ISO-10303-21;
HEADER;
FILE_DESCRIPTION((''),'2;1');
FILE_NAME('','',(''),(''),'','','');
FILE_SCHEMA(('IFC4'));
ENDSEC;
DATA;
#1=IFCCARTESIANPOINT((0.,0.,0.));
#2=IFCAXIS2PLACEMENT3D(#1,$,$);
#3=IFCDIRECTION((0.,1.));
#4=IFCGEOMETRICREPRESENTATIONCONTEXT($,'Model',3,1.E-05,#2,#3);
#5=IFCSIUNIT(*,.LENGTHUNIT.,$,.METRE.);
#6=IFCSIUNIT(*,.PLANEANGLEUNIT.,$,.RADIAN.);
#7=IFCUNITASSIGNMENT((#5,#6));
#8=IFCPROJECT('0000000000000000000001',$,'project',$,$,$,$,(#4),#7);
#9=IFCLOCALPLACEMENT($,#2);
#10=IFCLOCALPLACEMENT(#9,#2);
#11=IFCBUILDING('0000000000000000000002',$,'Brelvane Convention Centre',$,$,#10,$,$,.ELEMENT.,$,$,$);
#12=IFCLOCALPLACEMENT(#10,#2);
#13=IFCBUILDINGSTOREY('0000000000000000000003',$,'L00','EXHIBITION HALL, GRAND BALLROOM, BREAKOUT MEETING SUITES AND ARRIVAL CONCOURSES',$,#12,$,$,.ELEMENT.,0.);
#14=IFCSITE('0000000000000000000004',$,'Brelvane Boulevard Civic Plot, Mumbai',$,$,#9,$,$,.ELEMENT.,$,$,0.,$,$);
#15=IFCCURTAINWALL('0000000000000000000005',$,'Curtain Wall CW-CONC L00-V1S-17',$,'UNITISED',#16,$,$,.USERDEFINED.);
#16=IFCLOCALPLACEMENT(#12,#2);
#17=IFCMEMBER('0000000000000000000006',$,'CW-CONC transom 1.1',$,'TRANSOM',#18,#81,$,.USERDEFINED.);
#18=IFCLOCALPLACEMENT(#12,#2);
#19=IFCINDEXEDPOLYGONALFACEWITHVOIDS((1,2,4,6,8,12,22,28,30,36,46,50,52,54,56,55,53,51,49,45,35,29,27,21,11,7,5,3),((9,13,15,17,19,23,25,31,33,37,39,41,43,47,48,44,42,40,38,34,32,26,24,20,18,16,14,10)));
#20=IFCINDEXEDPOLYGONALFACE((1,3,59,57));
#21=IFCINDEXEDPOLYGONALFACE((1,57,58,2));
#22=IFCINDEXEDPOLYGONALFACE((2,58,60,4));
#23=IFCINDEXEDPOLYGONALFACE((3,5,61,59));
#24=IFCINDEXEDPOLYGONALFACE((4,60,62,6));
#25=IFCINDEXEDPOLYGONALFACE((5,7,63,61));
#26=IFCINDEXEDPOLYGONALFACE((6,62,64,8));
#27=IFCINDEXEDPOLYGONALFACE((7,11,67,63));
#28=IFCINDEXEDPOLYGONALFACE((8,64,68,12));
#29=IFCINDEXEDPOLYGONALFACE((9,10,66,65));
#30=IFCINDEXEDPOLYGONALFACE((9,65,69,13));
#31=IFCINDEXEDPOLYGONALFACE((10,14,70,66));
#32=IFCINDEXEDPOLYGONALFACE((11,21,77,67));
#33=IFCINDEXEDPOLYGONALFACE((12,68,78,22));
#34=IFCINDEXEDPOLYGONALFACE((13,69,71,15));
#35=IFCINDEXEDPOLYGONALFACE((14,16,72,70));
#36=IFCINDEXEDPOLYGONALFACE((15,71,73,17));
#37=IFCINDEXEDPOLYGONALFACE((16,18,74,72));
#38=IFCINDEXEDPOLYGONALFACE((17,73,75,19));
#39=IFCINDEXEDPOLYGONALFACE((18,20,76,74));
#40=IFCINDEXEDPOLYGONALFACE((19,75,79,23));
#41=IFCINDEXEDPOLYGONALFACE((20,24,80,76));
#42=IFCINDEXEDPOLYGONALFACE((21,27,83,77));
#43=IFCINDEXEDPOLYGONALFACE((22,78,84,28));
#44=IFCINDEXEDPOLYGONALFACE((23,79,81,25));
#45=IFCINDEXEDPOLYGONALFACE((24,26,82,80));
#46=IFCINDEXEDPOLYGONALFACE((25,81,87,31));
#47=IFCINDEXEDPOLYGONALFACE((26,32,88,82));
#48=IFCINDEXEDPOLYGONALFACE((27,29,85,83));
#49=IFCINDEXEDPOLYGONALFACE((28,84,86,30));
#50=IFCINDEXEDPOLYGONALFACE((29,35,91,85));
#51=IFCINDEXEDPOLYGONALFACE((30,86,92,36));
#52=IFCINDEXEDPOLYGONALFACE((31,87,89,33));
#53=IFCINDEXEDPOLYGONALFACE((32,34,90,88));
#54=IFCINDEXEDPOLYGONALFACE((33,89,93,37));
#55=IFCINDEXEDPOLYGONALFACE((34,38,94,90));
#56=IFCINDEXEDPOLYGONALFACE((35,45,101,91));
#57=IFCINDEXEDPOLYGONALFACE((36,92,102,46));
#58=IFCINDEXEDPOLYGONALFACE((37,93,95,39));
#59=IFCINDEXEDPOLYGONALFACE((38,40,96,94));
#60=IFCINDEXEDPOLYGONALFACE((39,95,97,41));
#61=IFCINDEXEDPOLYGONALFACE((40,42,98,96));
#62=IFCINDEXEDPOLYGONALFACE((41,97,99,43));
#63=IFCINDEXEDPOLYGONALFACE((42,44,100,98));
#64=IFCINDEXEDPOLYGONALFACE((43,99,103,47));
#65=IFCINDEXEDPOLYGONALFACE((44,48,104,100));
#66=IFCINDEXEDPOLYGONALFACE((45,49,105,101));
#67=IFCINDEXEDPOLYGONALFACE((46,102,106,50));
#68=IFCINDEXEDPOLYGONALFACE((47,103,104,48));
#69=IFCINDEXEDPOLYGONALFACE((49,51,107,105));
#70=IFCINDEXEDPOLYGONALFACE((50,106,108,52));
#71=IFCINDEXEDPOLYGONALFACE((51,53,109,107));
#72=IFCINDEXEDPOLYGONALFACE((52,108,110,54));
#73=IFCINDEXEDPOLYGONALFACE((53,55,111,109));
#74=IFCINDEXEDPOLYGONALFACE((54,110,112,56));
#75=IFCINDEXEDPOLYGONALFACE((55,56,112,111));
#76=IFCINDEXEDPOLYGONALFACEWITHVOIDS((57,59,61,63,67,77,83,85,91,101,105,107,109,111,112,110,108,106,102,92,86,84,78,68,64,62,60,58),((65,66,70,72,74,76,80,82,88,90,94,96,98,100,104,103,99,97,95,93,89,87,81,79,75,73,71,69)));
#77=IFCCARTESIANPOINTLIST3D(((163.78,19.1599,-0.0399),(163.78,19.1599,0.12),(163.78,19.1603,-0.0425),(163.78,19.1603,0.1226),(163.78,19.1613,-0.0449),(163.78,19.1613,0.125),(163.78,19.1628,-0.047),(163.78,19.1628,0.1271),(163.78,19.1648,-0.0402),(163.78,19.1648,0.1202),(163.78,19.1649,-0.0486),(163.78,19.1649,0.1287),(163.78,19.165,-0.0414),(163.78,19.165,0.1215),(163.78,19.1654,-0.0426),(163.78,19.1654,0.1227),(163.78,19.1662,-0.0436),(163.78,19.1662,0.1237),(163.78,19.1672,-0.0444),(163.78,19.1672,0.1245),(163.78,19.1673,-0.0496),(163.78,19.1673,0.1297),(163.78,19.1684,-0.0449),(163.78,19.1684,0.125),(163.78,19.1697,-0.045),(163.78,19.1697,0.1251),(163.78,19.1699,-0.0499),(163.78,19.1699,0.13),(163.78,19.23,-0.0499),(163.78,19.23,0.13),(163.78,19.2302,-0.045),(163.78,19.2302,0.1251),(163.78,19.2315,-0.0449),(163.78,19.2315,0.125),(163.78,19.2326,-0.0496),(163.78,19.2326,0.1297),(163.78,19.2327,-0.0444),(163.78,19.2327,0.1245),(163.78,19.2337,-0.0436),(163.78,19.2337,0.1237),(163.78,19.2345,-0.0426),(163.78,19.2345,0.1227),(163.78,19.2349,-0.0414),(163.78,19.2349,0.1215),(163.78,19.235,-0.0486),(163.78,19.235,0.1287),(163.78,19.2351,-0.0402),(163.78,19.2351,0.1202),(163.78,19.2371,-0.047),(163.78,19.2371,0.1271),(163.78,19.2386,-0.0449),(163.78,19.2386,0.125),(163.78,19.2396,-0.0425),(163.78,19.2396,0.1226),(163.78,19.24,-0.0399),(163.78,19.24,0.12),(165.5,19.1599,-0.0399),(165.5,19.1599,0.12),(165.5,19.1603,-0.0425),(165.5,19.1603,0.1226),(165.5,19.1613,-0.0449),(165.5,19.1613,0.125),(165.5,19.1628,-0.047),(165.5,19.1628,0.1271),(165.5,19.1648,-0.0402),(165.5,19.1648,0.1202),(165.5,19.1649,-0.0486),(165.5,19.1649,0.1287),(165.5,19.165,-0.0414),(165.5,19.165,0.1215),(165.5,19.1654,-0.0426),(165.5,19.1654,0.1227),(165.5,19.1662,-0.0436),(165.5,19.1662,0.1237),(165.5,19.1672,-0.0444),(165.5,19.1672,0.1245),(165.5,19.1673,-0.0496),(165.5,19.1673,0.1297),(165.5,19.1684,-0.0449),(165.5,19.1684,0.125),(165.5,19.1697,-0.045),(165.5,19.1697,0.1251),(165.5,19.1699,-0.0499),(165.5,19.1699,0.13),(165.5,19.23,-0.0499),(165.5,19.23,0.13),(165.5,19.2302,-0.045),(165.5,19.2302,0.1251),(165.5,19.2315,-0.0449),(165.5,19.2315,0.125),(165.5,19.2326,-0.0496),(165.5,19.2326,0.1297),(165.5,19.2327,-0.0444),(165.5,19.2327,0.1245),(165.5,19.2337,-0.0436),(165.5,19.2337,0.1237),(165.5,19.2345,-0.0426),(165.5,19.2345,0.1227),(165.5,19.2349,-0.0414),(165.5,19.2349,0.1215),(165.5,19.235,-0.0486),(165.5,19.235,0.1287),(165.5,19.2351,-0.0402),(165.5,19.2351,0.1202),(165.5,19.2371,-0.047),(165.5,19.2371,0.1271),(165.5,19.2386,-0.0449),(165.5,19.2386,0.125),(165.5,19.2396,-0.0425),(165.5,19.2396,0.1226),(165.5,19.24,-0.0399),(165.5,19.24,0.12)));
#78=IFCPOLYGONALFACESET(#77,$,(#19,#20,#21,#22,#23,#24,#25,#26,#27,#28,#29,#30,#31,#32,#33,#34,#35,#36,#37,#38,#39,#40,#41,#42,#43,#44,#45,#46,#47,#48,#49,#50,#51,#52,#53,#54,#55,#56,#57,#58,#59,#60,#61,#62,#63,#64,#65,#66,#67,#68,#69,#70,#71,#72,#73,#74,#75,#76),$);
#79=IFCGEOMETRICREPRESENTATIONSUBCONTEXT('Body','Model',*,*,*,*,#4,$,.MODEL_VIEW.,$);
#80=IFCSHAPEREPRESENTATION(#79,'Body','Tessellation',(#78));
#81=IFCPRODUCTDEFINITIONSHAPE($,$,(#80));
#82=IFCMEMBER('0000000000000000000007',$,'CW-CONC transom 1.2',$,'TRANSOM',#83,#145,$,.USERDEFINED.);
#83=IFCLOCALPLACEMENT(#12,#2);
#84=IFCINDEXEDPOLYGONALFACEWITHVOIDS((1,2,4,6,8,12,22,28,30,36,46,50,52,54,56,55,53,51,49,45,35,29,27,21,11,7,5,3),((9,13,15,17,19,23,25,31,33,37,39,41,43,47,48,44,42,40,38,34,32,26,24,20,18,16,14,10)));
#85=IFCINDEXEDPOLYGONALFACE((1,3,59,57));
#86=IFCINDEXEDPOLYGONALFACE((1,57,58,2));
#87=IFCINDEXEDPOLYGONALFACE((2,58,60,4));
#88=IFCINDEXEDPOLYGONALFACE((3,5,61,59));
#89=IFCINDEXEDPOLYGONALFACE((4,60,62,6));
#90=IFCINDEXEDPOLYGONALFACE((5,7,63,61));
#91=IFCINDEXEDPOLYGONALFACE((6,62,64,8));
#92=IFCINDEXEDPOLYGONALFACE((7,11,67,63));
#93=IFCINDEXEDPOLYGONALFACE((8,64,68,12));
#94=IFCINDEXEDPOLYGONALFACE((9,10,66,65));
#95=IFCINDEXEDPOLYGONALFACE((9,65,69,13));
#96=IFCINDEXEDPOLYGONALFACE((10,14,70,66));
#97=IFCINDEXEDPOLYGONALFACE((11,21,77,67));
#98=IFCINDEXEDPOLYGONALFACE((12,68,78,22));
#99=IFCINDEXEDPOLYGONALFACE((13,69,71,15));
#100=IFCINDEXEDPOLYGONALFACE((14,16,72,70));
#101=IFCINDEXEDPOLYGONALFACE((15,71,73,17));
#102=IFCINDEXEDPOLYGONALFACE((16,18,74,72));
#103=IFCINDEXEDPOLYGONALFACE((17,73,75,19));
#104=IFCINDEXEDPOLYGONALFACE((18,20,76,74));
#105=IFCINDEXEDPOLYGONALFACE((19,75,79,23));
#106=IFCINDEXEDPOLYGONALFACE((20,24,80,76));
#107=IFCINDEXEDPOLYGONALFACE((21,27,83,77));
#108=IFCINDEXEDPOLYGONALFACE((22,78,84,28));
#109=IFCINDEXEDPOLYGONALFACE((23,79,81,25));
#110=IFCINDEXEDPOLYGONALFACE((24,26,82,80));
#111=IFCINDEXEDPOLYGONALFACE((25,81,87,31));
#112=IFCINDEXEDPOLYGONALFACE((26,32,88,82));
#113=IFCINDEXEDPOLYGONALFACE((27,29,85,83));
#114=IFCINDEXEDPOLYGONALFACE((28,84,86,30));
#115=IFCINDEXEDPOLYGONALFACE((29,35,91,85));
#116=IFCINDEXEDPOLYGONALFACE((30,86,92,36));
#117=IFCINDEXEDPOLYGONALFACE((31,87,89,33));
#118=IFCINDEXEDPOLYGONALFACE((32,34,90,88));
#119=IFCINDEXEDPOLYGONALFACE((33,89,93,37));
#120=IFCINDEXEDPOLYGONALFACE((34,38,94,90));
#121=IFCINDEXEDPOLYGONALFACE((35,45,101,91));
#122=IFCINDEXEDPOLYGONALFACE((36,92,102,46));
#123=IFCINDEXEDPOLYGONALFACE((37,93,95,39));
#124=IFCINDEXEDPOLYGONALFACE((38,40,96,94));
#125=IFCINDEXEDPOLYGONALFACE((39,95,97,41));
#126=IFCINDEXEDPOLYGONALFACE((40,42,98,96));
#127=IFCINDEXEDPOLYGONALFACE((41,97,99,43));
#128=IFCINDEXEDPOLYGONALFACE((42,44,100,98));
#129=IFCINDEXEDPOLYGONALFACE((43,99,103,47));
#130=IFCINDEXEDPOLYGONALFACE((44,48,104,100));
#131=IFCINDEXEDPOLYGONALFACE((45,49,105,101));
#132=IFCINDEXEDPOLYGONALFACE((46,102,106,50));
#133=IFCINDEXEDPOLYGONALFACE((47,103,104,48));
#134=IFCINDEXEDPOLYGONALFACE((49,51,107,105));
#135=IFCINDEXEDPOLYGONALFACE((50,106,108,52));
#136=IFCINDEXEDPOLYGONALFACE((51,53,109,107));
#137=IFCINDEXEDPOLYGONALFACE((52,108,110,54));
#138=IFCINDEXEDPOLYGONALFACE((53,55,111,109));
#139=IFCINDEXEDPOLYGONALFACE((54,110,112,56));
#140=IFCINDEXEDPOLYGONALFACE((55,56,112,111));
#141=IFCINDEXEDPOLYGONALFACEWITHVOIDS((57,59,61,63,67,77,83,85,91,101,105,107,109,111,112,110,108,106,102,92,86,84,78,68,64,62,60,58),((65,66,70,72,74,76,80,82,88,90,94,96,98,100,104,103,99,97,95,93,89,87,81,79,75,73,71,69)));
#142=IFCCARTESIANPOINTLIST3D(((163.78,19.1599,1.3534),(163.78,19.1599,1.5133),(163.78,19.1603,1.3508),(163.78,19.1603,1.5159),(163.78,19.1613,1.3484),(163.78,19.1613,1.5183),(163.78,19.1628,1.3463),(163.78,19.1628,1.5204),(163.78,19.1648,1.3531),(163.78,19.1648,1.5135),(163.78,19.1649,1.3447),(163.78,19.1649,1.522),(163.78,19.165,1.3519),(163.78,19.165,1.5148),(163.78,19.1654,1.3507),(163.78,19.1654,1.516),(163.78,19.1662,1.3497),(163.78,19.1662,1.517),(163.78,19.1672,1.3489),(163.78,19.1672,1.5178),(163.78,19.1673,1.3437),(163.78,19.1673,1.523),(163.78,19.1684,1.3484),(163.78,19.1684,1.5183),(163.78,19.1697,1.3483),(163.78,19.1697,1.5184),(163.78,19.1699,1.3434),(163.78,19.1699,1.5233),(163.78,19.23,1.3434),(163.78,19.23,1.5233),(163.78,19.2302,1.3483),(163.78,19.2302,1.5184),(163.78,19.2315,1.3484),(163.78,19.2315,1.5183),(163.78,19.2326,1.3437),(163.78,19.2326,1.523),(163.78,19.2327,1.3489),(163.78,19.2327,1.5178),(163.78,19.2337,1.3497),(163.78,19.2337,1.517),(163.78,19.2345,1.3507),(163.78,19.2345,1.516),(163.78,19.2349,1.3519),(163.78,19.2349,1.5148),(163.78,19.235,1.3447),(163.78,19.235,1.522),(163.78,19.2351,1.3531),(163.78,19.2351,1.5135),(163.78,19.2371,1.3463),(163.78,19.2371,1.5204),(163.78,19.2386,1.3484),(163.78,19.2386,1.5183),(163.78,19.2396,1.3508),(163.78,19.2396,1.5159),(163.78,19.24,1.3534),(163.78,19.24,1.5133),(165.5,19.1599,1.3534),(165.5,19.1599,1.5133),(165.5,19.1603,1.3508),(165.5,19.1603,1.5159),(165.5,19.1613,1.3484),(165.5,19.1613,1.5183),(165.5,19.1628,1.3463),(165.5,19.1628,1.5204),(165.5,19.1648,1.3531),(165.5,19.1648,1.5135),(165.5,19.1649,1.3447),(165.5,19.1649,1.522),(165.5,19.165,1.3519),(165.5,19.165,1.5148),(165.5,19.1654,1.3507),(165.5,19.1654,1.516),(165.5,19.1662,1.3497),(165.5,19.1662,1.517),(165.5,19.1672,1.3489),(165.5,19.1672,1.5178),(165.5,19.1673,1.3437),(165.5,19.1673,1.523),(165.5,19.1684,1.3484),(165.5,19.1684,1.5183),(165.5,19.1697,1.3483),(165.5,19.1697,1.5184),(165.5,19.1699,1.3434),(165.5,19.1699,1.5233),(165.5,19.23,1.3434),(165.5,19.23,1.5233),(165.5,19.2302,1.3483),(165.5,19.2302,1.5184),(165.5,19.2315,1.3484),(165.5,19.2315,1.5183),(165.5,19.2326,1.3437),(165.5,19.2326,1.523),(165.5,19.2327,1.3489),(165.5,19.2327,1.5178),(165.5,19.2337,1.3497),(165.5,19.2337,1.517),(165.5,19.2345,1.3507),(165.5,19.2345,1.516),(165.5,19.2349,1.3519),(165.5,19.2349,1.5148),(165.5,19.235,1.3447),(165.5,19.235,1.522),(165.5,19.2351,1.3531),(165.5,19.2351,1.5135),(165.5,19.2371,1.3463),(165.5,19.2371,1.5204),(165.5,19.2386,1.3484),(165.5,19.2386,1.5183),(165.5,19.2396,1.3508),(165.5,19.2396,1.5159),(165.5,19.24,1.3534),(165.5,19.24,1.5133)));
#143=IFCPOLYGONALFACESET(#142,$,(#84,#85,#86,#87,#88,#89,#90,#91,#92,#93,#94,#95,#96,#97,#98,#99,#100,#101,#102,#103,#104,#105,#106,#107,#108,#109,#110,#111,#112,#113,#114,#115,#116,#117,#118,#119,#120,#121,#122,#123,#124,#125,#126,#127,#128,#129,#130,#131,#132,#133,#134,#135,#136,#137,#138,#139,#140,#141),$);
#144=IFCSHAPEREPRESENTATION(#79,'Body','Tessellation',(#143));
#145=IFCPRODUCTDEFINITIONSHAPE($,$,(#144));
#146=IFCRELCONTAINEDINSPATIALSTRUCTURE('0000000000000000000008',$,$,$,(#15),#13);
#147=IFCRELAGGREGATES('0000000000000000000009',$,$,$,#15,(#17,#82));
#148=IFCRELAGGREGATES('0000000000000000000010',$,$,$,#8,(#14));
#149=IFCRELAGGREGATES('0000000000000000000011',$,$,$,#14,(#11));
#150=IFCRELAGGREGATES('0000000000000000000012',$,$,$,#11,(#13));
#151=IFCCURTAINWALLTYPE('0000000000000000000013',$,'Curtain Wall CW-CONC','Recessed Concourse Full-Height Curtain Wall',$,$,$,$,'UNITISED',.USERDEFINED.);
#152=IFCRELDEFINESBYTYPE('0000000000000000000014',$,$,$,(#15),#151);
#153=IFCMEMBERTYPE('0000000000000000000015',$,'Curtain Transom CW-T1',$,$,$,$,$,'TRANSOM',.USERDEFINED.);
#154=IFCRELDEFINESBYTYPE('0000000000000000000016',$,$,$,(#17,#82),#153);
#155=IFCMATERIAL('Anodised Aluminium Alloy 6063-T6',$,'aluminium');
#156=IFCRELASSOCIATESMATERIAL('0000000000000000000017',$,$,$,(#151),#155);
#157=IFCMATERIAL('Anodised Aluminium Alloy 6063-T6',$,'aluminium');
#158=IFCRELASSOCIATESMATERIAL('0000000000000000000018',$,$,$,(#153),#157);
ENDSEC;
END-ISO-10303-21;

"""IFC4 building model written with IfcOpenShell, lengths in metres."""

from ifc_helpers import new_model, si_unit, direction, frame, origin, origin_2d, place, context, subcontext, project, spatial, hollow_rectangle, extrude, material, material_profile, profile_set, type_object, element, aggregate, save


model = new_model("IFC4")

# Units and contexts
model_context = context("Model", 3, precision=1e-05, world=origin(), true_north=direction((0.0, 1.0)))
body_context = subcontext(model_context, "Body", "Model", "MODEL_VIEW")
ifc_project = project(units=[si_unit("LENGTHUNIT", "METRE"), si_unit("PLANEANGLEUNIT", "RADIAN")], contexts=[model_context])

# Site, building, storey
site_placement = place(None, origin())
site = spatial("IfcSite", under=ifc_project, at=site_placement, Name="Brelvane Boulevard Civic Plot, Mumbai", CompositionType="ELEMENT", RefElevation=0.0)
building_placement = place(site_placement, origin())
building = spatial("IfcBuilding", under=site, at=building_placement, Name="Brelvane Convention Centre", CompositionType="ELEMENT")
storey_placement = place(building_placement, origin())
storey = spatial("IfcBuildingStorey", under=building, at=storey_placement, Name="L00", Description="EXHIBITION HALL, GRAND BALLROOM, BREAKOUT MEETING SUITES AND ARRIVAL CONCOURSES", CompositionType="ELEMENT", Elevation=0.0)

# Curtain wall, members
ifc_material_1 = material(Name="Anodised Aluminium Alloy 6063-T6", Category="aluminium")
curtain_wall_type = type_object("IfcCurtainWallType", Name="Curtain Wall CW-CONC", Description="Recessed Concourse Full-Height Curtain Wall", ElementType="UNITISED", PredefinedType="USERDEFINED", material=ifc_material_1)
curtain_wall_placement = place(storey_placement, origin())
curtain_wall = element("IfcCurtainWall", 1, at=curtain_wall_placement, inside=storey, type_object=curtain_wall_type, Name="Curtain Wall CW-CONC L00-V1S-17", ObjectType="UNITISED", PredefinedType="USERDEFINED")
ifc_material_2 = material(Name="Anodised Aluminium Alloy 6063-T6", Category="aluminium")
ifc_material_profile_1 = material_profile(ifc_material_2, hollow_rectangle(XDim=0.0801, YDim=0.1799, WallThickness=0.0049, InnerFilletRadius=0.0049, OuterFilletRadius=0.01, at=origin_2d()), Name="ALU-T 180x80x5.0")
ifc_profile_set_1 = profile_set([ifc_material_profile_1], Name="Anodised Aluminium Alloy 6063-T6")
member_type_1 = type_object("IfcMemberType", Name="Curtain Transom CW-T1", ElementType="TRANSOM", PredefinedType="USERDEFINED", material=ifc_profile_set_1)
member_1_placement = place(storey_placement, frame((163.78, 19.2, 0.04), z_axis=(1.0, 0.0, 0.0), x_axis=(0.0, 1.0, 0.0)))
member_1 = element("IfcMember", 2, at=member_1_placement, type_object=member_type_1, Name="CW-CONC transom 1.1", ObjectType="TRANSOM", PredefinedType="USERDEFINED", context=body_context, shape_type="SweptSolid", body=[
    extrude(hollow_rectangle(XDim=0.0801, YDim=0.1799, WallThickness=0.0049, InnerFilletRadius=0.0049, OuterFilletRadius=0.01, at=origin_2d()), origin(), (0.0, 0.0, 1.0), 1.72),
])
member_2_placement = place(storey_placement, frame((163.78, 19.2, 1.4333), z_axis=(1.0, 0.0, 0.0), x_axis=(0.0, 1.0, 0.0)))
member_2 = element("IfcMember", 3, at=member_2_placement, type_object=member_type_1, Name="CW-CONC transom 1.2", ObjectType="TRANSOM", PredefinedType="USERDEFINED", context=body_context, shape_type="SweptSolid", body=[
    extrude(hollow_rectangle(XDim=0.0801, YDim=0.1799, WallThickness=0.0049, InnerFilletRadius=0.0049, OuterFilletRadius=0.01, at=origin_2d()), origin(), (0.0, 0.0, 1.0), 1.72),
])

aggregate(curtain_wall, [member_1, member_2])

save(model, "model.ifc")
